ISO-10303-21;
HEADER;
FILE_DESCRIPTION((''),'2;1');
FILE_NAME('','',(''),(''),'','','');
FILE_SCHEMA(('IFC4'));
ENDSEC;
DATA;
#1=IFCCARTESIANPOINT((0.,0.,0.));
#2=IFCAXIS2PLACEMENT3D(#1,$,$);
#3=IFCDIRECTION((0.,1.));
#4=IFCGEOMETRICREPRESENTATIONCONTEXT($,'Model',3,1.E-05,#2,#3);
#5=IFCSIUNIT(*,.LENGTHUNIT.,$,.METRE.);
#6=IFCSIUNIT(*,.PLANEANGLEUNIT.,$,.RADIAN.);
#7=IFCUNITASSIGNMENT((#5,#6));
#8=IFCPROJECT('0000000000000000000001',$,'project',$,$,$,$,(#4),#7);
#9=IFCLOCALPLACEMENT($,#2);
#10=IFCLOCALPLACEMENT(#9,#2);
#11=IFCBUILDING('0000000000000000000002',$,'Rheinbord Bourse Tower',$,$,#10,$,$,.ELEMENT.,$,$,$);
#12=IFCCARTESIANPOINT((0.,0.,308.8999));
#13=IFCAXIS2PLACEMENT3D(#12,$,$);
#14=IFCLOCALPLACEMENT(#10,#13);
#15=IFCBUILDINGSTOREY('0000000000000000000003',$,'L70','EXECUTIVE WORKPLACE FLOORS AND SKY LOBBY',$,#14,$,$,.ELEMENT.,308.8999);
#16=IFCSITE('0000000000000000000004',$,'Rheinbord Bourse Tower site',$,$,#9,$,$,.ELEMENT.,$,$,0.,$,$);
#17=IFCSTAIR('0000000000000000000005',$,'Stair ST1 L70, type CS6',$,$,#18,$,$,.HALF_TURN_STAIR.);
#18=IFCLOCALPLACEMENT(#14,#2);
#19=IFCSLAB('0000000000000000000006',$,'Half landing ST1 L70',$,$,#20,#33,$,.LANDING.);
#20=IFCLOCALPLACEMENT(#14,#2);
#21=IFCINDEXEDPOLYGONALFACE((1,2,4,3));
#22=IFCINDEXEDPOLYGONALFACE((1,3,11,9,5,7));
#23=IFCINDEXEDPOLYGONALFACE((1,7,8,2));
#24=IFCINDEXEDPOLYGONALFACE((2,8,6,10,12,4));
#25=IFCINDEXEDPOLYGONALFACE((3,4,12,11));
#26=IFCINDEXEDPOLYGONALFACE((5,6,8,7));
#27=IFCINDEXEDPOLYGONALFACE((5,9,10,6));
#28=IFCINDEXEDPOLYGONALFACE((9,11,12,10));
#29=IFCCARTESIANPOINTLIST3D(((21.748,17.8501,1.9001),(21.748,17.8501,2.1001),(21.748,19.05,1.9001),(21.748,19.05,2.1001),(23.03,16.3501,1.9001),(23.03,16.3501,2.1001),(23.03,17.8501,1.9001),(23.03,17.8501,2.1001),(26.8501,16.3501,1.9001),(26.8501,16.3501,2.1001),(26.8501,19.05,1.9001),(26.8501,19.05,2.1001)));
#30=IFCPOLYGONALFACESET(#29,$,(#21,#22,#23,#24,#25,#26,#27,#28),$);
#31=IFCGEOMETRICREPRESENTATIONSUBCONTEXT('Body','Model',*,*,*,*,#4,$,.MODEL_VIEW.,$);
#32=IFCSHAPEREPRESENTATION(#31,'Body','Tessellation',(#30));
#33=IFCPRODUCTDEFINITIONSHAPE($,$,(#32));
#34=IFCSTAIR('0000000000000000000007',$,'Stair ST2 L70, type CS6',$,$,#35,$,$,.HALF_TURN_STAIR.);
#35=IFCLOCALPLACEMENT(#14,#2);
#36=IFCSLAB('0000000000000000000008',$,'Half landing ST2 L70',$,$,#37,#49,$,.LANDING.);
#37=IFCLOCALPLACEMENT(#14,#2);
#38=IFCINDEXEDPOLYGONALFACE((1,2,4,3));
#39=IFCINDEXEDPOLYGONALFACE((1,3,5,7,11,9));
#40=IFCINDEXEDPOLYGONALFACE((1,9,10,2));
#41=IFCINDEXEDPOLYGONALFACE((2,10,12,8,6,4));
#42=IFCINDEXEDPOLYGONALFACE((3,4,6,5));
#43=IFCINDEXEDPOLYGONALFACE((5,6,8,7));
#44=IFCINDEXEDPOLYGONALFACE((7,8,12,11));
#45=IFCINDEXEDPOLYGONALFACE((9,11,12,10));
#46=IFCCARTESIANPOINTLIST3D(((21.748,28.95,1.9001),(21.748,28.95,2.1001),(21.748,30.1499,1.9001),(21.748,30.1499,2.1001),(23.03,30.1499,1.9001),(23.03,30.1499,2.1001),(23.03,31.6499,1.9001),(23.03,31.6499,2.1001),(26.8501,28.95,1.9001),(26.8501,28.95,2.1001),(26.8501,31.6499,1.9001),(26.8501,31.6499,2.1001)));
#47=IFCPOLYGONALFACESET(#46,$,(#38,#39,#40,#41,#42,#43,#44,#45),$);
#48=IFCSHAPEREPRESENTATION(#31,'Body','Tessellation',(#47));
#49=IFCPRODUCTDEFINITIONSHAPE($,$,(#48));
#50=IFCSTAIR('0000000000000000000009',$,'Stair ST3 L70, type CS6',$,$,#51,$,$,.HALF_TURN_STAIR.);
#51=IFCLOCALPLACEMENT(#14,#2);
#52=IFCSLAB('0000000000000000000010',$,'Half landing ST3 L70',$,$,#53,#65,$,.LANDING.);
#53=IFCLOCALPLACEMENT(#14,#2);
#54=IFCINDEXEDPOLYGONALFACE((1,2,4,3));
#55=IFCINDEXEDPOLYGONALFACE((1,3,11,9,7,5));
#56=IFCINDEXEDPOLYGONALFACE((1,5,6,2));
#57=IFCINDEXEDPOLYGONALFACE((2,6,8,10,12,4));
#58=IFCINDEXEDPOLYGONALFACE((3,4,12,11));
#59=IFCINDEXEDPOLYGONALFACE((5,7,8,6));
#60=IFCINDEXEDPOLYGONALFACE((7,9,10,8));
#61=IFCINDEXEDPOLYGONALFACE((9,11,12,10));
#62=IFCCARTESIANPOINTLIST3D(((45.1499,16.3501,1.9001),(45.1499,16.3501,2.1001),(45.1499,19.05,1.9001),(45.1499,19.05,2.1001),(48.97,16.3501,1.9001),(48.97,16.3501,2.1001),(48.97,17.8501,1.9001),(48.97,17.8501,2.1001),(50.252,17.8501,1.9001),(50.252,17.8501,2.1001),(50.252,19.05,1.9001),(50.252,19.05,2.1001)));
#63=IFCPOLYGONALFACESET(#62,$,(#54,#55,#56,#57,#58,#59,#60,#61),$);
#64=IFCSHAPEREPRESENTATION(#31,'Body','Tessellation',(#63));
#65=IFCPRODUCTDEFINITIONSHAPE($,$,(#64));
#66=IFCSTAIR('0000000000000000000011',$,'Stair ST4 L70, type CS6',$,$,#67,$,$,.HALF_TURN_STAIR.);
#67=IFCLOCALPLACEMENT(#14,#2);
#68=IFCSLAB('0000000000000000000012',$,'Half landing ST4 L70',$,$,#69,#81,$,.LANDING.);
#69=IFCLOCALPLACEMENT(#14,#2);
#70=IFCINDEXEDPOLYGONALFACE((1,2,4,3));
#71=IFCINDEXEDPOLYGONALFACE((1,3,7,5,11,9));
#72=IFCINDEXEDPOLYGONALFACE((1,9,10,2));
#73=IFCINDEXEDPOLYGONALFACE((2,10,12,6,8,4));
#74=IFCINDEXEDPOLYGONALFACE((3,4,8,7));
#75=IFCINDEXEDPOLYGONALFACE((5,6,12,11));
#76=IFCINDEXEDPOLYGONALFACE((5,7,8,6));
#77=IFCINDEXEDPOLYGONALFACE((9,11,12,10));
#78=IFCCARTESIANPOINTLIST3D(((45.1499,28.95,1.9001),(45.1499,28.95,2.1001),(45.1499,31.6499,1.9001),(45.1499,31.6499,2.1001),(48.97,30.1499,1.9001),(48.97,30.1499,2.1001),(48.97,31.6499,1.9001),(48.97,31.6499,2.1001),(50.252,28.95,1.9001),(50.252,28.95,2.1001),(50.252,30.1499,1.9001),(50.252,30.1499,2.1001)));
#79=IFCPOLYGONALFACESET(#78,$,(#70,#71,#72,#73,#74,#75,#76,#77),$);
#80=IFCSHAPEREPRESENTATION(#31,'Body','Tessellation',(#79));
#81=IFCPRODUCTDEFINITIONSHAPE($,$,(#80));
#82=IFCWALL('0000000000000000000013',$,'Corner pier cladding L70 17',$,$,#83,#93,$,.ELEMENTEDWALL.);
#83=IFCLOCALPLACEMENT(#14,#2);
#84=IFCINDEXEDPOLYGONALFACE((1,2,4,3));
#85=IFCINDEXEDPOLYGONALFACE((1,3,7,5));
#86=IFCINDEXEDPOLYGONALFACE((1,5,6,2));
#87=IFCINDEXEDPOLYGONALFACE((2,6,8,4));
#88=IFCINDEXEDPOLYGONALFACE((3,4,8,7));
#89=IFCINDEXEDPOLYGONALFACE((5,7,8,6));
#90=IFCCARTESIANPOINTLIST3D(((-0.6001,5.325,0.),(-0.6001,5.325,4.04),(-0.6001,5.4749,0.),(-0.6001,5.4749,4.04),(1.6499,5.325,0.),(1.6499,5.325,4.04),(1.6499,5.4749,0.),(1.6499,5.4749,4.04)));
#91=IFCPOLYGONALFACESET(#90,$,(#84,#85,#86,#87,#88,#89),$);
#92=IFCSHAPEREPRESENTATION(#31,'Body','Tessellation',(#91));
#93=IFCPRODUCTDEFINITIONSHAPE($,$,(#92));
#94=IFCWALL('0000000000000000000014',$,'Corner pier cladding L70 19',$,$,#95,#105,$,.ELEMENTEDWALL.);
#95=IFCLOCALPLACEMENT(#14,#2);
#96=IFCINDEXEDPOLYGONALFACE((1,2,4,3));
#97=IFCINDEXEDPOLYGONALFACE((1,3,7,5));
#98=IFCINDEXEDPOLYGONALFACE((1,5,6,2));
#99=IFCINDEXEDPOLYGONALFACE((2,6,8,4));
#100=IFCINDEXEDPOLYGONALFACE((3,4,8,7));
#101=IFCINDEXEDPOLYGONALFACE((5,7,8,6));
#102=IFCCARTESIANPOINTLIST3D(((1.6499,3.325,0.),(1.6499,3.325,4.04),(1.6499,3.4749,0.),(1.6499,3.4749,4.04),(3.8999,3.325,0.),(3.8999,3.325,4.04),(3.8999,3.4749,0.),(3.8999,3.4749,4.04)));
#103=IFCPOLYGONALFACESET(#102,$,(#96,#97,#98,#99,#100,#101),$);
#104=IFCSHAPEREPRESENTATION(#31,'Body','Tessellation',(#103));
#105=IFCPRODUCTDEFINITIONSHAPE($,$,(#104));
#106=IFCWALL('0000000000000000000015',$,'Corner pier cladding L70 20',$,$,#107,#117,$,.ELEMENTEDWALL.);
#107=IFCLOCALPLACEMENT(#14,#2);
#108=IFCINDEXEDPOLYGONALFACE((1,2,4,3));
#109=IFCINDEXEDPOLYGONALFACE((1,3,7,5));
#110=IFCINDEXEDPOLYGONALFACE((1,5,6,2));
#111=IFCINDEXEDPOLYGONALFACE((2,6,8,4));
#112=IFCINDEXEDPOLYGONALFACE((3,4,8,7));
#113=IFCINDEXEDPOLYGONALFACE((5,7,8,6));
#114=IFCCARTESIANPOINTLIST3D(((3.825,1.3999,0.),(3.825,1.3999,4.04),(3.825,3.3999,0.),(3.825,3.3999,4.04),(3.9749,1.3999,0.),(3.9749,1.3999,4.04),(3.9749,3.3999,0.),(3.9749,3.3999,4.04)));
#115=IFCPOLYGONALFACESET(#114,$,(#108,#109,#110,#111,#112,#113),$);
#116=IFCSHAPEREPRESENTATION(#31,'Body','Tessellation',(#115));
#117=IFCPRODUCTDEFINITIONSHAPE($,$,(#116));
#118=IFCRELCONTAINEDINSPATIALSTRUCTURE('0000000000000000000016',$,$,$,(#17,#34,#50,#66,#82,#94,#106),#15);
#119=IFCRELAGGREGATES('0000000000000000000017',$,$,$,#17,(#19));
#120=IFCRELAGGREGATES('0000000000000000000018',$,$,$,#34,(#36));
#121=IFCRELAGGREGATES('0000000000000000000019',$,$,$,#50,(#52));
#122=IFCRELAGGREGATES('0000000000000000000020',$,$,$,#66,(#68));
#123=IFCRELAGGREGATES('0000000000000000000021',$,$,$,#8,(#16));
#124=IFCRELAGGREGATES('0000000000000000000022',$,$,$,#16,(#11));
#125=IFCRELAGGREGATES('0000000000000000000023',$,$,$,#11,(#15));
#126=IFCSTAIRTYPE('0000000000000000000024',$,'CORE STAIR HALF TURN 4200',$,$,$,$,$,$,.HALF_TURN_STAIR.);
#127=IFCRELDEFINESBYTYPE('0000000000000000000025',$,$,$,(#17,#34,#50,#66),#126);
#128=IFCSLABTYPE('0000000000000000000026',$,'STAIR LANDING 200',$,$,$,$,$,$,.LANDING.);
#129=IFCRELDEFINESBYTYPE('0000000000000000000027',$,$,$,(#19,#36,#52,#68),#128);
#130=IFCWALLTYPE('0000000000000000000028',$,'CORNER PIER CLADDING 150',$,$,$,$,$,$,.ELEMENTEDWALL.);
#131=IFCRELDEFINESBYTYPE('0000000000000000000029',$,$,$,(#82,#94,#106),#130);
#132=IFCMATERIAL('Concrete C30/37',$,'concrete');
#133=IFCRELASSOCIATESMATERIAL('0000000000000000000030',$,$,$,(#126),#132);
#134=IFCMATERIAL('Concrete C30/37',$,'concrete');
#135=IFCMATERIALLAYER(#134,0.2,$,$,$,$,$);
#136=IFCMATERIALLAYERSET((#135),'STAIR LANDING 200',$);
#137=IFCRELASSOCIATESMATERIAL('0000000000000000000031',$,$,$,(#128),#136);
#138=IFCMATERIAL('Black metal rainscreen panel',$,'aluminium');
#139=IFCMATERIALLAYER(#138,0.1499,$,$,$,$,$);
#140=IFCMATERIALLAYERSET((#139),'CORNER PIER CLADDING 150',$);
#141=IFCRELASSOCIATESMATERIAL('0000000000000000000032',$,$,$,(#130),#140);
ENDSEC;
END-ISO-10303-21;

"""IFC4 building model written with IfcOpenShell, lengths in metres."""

from ifc_helpers import new_model, si_unit, direction, frame, frame_2d, origin, place, context, subcontext, project, spatial, polyline, rectangle, outline, extrude, material, layer, layer_set, type_object, element, aggregate, save


model = new_model("IFC4")

# Units and contexts
model_context = context("Model", 3, precision=1e-05, world=origin(), true_north=direction((0.0, 1.0)))
body_context = subcontext(model_context, "Body", "Model", "MODEL_VIEW")
ifc_project = project(units=[si_unit("LENGTHUNIT", "METRE"), si_unit("PLANEANGLEUNIT", "RADIAN")], contexts=[model_context])

# Site, building, storey
site_placement = place(None, origin())
site = spatial("IfcSite", under=ifc_project, at=site_placement, Name="Rheinbord Bourse Tower site", CompositionType="ELEMENT", RefElevation=0.0)
building_placement = place(site_placement, origin())
building = spatial("IfcBuilding", under=site, at=building_placement, Name="Rheinbord Bourse Tower", CompositionType="ELEMENT")
storey_placement = place(building_placement, frame((0.0, 0.0, 308.8999)))
storey = spatial("IfcBuildingStorey", under=building, at=storey_placement, Name="L70", Description="EXECUTIVE WORKPLACE FLOORS AND SKY LOBBY", CompositionType="ELEMENT", Elevation=308.8999)

# Stairs, slabs
ifc_material_1 = material(Name="Concrete C30/37", Category="concrete")
stair_type = type_object("IfcStairType", Name="CORE STAIR HALF TURN 4200", PredefinedType="HALF_TURN_STAIR", material=ifc_material_1)
stair_1_placement = place(storey_placement, origin())
stair_1 = element("IfcStair", 1, at=stair_1_placement, inside=storey, type_object=stair_type, Name="Stair ST1 L70, type CS6", PredefinedType="HALF_TURN_STAIR")
ifc_material_2 = material(Name="Concrete C30/37", Category="concrete")
ifc_layer_1 = layer(ifc_material_2, 0.2)
ifc_layer_set_1 = layer_set([ifc_layer_1], Name="STAIR LANDING 200")
slab_type_1 = type_object("IfcSlabType", Name="STAIR LANDING 200", PredefinedType="LANDING", material=ifc_layer_set_1)
slab_1_placement = place(storey_placement, frame((0.0, 0.0, 1.9001)))
slab_1 = element("IfcSlab", 2, at=slab_1_placement, type_object=slab_type_1, Name="Half landing ST1 L70", PredefinedType="LANDING", context=body_context, shape_type="SweptSolid", body=[
    extrude(outline(polyline([(23.03, 16.3501), (26.8501, 16.3501), (26.8501, 19.05), (21.748, 19.05), (21.748, 17.8501), (23.03, 17.8501), (23.03, 16.3501)])), origin(), (0.0, 0.0, 1.0), 0.2),
])
aggregate(stair_1, [slab_1])
stair_2_placement = place(storey_placement, origin())
stair_2 = element("IfcStair", 3, at=stair_2_placement, inside=storey, type_object=stair_type, Name="Stair ST2 L70, type CS6", PredefinedType="HALF_TURN_STAIR")
slab_2_placement = place(storey_placement, frame((0.0, 0.0, 1.9001)))
slab_2 = element("IfcSlab", 4, at=slab_2_placement, type_object=slab_type_1, Name="Half landing ST2 L70", PredefinedType="LANDING", context=body_context, shape_type="SweptSolid", body=[
    extrude(outline(polyline([(21.748, 28.95), (26.8501, 28.95), (26.8501, 31.6499), (23.03, 31.6499), (23.03, 30.1499), (21.748, 30.1499), (21.748, 28.95)])), origin(), (0.0, 0.0, 1.0), 0.2),
])
aggregate(stair_2, [slab_2])
stair_3_placement = place(storey_placement, origin())
stair_3 = element("IfcStair", 5, at=stair_3_placement, inside=storey, type_object=stair_type, Name="Stair ST3 L70, type CS6", PredefinedType="HALF_TURN_STAIR")
slab_3_placement = place(storey_placement, frame((0.0, 0.0, 1.9001)))
slab_3 = element("IfcSlab", 6, at=slab_3_placement, type_object=slab_type_1, Name="Half landing ST3 L70", PredefinedType="LANDING", context=body_context, shape_type="SweptSolid", body=[
    extrude(outline(polyline([(45.1499, 16.3501), (48.97, 16.3501), (48.97, 17.8501), (50.252, 17.8501), (50.252, 19.05), (45.1499, 19.05), (45.1499, 16.3501)])), origin(), (0.0, 0.0, 1.0), 0.2),
])
aggregate(stair_3, [slab_3])
stair_4_placement = place(storey_placement, origin())
stair_4 = element("IfcStair", 7, at=stair_4_placement, inside=storey, type_object=stair_type, Name="Stair ST4 L70, type CS6", PredefinedType="HALF_TURN_STAIR")
slab_4_placement = place(storey_placement, frame((0.0, 0.0, 1.9001)))
slab_4 = element("IfcSlab", 8, at=slab_4_placement, type_object=slab_type_1, Name="Half landing ST4 L70", PredefinedType="LANDING", context=body_context, shape_type="SweptSolid", body=[
    extrude(outline(polyline([(45.1499, 28.95), (50.252, 28.95), (50.252, 30.1499), (48.97, 30.1499), (48.97, 31.6499), (45.1499, 31.6499), (45.1499, 28.95)])), origin(), (0.0, 0.0, 1.0), 0.2),
])
aggregate(stair_4, [slab_4])

# Walls
ifc_material_3 = material(Name="Black metal rainscreen panel", Category="aluminium")
ifc_layer_2 = layer(ifc_material_3, 0.1499)
ifc_layer_set_2 = layer_set([ifc_layer_2], Name="CORNER PIER CLADDING 150")
wall_type = type_object("IfcWallType", Name="CORNER PIER CLADDING 150", PredefinedType="ELEMENTEDWALL", material=ifc_layer_set_2)
for number, where, z_axis, x_axis, name in (
    (9, (-0.6001, 5.3999, 0.0), (0.0, 0.0, 1.0), (1.0, 0.0, 0.0), "Corner pier cladding L70 17"),
    (10, (1.6499, 3.3999, 0.0), (0.0, 0.0, 1.0), (1.0, 0.0, 0.0), "Corner pier cladding L70 19"),
):
    element("IfcWall", number, at=place(storey_placement, frame(where, z_axis=z_axis, x_axis=x_axis)), inside=storey, type_object=wall_type, Name=name, PredefinedType="ELEMENTEDWALL", context=body_context, shape_type="SweptSolid", body=[
        extrude(rectangle(XDim=2.25, YDim=0.1499, at=frame_2d((1.125, 0.0))), origin(), (0.0, 0.0, 1.0), 4.04),
    ])
wall_placement = place(storey_placement, frame((3.8999, 3.3999, 0.0), z_axis=(0.0, 0.0, 1.0), x_axis=(0.0, -1.0, 0.0)))
element("IfcWall", 11, at=wall_placement, inside=storey, type_object=wall_type, Name="Corner pier cladding L70 20", PredefinedType="ELEMENTEDWALL", context=body_context, shape_type="SweptSolid", body=[
    extrude(rectangle(XDim=2.0, YDim=0.1499, at=frame_2d((1.0, 0.0))), origin(), (0.0, 0.0, 1.0), 4.04),
])

save(model, "model.ifc")
